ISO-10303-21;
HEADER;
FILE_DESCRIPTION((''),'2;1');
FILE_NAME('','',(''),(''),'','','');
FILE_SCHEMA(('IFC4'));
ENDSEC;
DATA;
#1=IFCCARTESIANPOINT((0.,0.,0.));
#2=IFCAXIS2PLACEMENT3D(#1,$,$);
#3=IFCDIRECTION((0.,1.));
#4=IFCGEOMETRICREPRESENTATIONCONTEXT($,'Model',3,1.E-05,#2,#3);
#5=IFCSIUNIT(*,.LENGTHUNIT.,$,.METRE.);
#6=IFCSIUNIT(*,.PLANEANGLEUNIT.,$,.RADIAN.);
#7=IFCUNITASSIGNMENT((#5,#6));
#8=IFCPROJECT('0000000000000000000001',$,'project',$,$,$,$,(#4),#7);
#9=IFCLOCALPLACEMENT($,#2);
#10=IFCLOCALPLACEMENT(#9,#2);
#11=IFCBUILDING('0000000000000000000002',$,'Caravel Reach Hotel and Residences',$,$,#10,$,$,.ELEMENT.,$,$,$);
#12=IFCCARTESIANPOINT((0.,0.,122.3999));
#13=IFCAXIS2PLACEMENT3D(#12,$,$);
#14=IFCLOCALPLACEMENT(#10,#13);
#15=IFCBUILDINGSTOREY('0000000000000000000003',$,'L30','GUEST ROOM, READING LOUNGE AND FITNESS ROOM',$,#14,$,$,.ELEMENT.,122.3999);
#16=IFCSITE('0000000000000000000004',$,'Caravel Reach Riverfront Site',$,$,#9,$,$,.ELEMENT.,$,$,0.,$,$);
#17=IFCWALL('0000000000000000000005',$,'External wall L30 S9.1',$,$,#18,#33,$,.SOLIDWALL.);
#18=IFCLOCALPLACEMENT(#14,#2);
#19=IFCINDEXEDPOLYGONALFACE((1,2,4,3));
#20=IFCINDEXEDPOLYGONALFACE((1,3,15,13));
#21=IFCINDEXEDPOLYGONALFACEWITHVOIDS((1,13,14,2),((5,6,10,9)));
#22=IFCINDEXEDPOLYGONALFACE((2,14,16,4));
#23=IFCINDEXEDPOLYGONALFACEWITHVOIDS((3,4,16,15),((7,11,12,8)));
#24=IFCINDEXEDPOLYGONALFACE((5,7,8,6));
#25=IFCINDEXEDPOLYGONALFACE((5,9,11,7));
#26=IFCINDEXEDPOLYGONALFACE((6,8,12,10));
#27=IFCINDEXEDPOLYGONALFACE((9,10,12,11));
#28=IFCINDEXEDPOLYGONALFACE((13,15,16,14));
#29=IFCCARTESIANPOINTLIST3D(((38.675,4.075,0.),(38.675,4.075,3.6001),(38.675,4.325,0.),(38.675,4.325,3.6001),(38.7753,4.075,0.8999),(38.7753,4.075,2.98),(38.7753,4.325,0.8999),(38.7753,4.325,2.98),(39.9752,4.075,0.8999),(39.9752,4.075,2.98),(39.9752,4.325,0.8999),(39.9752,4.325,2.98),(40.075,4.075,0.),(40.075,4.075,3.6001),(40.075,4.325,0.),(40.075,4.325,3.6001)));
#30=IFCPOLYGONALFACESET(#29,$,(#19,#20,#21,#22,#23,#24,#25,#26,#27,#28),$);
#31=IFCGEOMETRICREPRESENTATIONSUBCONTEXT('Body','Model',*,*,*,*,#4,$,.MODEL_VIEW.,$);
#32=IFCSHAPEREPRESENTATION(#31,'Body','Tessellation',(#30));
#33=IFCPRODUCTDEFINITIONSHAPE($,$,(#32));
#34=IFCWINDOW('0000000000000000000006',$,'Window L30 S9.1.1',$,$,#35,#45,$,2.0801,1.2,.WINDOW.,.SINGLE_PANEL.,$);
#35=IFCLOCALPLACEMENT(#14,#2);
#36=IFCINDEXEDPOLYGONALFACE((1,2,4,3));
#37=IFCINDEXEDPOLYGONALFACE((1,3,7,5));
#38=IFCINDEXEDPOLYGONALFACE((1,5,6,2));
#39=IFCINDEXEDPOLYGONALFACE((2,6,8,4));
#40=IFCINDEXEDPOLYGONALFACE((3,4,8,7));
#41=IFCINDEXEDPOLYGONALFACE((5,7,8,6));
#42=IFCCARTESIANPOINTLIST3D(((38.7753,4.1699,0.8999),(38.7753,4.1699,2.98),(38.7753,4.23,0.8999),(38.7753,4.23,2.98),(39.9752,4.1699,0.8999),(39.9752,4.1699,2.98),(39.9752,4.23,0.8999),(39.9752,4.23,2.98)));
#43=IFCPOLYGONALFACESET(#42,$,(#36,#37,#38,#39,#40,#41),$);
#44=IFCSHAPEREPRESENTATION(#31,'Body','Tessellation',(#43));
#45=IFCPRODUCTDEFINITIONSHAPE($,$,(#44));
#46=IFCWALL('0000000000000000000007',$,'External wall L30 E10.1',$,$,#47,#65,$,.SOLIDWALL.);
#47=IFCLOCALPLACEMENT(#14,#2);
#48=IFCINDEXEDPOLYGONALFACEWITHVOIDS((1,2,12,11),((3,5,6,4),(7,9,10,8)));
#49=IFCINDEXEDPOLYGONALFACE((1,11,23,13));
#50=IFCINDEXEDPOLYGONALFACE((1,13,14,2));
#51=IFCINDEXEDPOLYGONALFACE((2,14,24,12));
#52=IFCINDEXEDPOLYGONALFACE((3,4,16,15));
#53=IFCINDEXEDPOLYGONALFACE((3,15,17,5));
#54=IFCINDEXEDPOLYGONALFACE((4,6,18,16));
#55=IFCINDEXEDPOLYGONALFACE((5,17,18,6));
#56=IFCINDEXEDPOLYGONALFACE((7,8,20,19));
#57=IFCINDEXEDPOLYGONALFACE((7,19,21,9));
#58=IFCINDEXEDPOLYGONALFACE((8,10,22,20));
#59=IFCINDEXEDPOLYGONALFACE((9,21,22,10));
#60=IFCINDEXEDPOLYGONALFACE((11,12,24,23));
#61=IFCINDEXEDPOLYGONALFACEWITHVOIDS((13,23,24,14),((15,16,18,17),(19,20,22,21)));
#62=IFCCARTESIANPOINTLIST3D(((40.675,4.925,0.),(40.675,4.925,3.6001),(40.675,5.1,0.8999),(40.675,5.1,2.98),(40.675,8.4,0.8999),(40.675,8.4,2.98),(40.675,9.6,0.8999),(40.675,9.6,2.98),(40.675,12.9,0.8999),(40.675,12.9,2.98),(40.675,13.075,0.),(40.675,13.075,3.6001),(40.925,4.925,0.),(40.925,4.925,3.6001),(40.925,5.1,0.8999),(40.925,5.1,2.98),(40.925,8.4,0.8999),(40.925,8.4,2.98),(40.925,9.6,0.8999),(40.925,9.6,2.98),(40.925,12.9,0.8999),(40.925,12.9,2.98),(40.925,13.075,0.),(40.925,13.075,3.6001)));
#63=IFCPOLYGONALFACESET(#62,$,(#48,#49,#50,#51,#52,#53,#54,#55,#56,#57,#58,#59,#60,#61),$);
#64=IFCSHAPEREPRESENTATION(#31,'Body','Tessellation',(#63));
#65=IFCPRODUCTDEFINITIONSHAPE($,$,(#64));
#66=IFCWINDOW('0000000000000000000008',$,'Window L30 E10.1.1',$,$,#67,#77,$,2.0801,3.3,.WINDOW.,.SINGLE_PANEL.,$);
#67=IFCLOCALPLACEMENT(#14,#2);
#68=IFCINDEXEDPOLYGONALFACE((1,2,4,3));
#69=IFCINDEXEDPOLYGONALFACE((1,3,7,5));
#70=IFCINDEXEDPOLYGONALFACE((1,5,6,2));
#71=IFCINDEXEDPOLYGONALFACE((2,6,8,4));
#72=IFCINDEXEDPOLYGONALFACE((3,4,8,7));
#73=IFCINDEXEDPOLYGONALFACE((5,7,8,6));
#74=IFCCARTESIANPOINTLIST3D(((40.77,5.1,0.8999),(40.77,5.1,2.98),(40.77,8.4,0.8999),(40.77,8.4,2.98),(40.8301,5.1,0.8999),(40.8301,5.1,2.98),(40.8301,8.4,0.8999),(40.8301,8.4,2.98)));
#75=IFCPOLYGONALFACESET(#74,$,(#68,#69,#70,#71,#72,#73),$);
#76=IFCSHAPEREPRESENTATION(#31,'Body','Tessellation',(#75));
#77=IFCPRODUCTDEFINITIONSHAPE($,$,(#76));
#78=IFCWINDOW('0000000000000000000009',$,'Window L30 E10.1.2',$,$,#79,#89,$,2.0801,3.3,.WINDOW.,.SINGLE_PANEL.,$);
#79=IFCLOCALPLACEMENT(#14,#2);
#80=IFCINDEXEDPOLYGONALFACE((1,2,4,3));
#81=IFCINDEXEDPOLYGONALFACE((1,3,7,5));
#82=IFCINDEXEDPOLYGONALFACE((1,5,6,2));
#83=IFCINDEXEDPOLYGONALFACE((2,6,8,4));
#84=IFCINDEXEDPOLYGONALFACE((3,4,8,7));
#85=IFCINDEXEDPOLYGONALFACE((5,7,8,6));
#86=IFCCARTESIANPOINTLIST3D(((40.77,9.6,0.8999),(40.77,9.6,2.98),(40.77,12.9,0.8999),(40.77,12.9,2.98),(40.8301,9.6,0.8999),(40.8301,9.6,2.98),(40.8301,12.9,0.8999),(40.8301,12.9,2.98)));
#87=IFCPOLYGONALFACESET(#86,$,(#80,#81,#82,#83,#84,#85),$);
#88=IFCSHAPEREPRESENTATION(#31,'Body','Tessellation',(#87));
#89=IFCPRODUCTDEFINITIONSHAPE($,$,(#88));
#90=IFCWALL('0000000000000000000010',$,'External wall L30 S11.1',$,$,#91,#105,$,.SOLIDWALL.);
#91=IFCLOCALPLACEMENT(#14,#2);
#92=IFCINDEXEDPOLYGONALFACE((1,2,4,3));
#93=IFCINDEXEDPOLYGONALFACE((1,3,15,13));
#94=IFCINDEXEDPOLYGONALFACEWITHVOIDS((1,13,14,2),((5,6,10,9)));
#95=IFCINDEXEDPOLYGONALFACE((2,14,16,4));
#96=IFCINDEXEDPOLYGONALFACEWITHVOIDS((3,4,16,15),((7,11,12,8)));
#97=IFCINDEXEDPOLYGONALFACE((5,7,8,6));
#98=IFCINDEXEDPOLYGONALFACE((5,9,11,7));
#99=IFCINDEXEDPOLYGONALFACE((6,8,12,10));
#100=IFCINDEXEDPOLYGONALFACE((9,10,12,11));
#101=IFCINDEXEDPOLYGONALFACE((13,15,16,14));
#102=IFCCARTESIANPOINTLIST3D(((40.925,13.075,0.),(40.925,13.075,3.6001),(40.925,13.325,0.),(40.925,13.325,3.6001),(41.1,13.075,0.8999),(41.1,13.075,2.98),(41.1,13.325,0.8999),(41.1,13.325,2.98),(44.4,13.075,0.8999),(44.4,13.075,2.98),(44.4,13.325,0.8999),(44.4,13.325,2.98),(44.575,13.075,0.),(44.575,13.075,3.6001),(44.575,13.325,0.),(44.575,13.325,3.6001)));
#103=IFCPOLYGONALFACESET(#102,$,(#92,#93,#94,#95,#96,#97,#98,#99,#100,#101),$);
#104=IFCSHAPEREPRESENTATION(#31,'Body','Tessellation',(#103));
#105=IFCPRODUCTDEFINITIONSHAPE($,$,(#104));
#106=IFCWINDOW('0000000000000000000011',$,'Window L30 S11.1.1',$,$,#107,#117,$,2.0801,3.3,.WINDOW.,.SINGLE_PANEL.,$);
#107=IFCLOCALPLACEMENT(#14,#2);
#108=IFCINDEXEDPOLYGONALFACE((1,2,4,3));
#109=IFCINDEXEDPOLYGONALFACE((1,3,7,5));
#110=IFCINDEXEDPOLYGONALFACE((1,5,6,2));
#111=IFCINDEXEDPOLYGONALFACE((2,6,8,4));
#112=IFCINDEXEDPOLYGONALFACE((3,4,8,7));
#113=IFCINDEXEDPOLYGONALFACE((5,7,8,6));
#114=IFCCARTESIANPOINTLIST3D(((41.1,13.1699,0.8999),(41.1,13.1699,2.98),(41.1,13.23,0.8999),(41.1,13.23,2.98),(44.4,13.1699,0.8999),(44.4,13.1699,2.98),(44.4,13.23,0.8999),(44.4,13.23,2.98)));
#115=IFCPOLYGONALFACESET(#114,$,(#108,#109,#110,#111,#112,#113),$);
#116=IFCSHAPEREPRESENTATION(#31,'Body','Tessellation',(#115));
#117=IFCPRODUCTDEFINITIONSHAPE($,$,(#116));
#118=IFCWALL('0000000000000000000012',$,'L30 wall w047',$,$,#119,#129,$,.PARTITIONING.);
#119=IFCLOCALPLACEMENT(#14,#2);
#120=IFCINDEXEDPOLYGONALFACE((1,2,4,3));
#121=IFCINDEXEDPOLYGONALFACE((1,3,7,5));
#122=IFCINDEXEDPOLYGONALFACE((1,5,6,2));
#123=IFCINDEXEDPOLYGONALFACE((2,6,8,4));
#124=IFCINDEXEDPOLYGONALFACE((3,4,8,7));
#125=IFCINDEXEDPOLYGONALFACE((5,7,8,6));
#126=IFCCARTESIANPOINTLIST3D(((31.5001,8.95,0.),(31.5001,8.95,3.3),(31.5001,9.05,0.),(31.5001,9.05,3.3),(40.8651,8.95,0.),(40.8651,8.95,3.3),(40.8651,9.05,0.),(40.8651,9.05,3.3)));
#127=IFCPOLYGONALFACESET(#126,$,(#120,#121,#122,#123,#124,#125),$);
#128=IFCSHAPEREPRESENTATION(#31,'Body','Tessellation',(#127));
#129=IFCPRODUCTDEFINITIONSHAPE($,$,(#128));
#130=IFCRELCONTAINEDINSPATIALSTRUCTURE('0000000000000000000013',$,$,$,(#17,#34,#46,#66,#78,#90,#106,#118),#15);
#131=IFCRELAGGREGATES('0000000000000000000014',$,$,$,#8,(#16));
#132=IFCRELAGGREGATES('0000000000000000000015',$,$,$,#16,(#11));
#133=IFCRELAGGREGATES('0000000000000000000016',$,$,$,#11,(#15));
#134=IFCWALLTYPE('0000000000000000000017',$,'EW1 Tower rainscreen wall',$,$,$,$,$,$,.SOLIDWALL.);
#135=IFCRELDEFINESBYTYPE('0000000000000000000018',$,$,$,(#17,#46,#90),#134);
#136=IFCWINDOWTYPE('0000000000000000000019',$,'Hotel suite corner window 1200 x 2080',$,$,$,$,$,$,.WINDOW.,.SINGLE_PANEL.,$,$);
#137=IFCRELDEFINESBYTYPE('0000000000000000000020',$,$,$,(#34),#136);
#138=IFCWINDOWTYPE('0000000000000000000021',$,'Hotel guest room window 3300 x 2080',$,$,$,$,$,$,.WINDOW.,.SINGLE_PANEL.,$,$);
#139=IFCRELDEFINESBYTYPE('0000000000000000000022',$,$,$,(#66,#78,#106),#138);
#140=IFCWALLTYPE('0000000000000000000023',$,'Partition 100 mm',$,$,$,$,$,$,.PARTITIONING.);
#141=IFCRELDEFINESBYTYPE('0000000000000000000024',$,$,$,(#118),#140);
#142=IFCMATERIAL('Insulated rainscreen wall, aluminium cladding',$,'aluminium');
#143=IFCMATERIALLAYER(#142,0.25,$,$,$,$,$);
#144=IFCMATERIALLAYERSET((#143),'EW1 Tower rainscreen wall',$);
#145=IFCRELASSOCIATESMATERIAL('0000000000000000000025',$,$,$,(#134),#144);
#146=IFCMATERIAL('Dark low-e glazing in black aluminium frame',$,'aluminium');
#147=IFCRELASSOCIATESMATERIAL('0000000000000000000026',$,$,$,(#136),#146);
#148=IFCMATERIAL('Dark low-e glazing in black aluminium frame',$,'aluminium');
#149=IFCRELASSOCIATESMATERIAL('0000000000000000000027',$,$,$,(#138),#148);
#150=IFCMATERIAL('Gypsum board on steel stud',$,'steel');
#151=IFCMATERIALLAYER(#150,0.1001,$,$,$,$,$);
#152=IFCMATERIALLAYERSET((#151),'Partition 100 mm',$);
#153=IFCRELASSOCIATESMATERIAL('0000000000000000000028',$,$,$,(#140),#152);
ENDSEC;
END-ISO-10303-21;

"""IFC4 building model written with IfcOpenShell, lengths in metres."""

from ifc_helpers import new_model, si_unit, direction, frame, frame_2d, origin, place, context, subcontext, project, spatial, rectangle, extrude, material, layer, layer_set, type_object, element, fill, save


model = new_model("IFC4")

# Units and contexts
model_context = context("Model", 3, precision=1e-05, world=origin(), true_north=direction((0.0, 1.0)))
body_context = subcontext(model_context, "Body", "Model", "MODEL_VIEW")
ifc_project = project(units=[si_unit("LENGTHUNIT", "METRE"), si_unit("PLANEANGLEUNIT", "RADIAN")], contexts=[model_context])

# Site, building, storey
site_placement = place(None, origin())
site = spatial("IfcSite", under=ifc_project, at=site_placement, Name="Caravel Reach Riverfront Site", CompositionType="ELEMENT", RefElevation=0.0)
building_placement = place(site_placement, origin())
building = spatial("IfcBuilding", under=site, at=building_placement, Name="Caravel Reach Hotel and Residences", CompositionType="ELEMENT")
storey_placement = place(building_placement, frame((0.0, 0.0, 122.3999)))
storey = spatial("IfcBuildingStorey", under=building, at=storey_placement, Name="L30", Description="GUEST ROOM, READING LOUNGE AND FITNESS ROOM", CompositionType="ELEMENT", Elevation=122.3999)

# Wall, opening, window
ifc_material_1 = material(Name="Insulated rainscreen wall, aluminium cladding", Category="aluminium")
ifc_layer_1 = layer(ifc_material_1, 0.25)
ifc_layer_set_1 = layer_set([ifc_layer_1], Name="EW1 Tower rainscreen wall")
wall_type_1 = type_object("IfcWallType", Name="EW1 Tower rainscreen wall", PredefinedType="SOLIDWALL", material=ifc_layer_set_1)
ifc_material_2 = material(Name="Dark low-e glazing in black aluminium frame", Category="aluminium")
window_type_1 = type_object("IfcWindowType", Name="Hotel suite corner window 1200 x 2080", PartitioningType="SINGLE_PANEL", PredefinedType="WINDOW", material=ifc_material_2)
wall_1_placement = place(storey_placement, frame((38.675, 4.2, 0.0), z_axis=(0.0, 0.0, 1.0), x_axis=(1.0, 0.0, 0.0)))
wall_1 = element("IfcWall", 1, at=wall_1_placement, inside=storey, type_object=wall_type_1, Name="External wall L30 S9.1", PredefinedType="SOLIDWALL", context=body_context, shape_type="SweptSolid", body=[
    extrude(rectangle(XDim=1.3999, YDim=0.25, at=frame_2d((0.7, 0.0))), origin(), (0.0, 0.0, 1.0), 3.6001),
])
opening_1_placement = place(wall_1_placement, frame((0.1001, 0.0, 0.8999)))
opening_1 = element("IfcOpeningElement", 2, at=opening_1_placement, cuts=wall_1, PredefinedType="OPENING", context=body_context, shape_type="SweptSolid", body=[
    extrude(rectangle(XDim=1.2, YDim=2.0801, at=frame_2d((0.6001, 1.04))), frame((0.0, 0.135, 0.0), z_axis=(0.0, -1.0, 0.0), x_axis=(1.0, 0.0, 0.0)), (0.0, 0.0, 1.0), 0.27),
])
window_1_placement = place(opening_1_placement, origin())
window_1 = element("IfcWindow", 3, at=window_1_placement, inside=storey, type_object=window_type_1, Name="Window L30 S9.1.1", OverallHeight=2.0801, OverallWidth=1.2, PartitioningType="SINGLE_PANEL", PredefinedType="WINDOW", context=body_context, shape_type="SweptSolid", body=[
    extrude(rectangle(XDim=1.2, YDim=2.0801, at=frame_2d((0.6001, 1.04))), frame((0.0, 0.03, 0.0), z_axis=(0.0, -1.0, 0.0), x_axis=(1.0, 0.0, 0.0)), (0.0, 0.0, 1.0), 0.0601),
])
fill(opening_1, window_1)

# Wall, openings, windows
wall_2_placement = place(storey_placement, frame((40.8, 4.925, 0.0), z_axis=(0.0, 0.0, 1.0), x_axis=(0.0, 1.0, 0.0)))
wall_2 = element("IfcWall", 4, at=wall_2_placement, inside=storey, type_object=wall_type_1, Name="External wall L30 E10.1", PredefinedType="SOLIDWALL", context=body_context, shape_type="SweptSolid", body=[
    extrude(rectangle(XDim=8.1499, YDim=0.25, at=frame_2d((4.075, 0.0))), origin(), (0.0, 0.0, 1.0), 3.6001),
])
opening_2_placement = place(wall_2_placement, frame((0.175, 0.0, 0.8999)))
opening_2 = element("IfcOpeningElement", 5, at=opening_2_placement, cuts=wall_2, PredefinedType="OPENING", context=body_context, shape_type="SweptSolid", body=[
    extrude(rectangle(XDim=3.3, YDim=2.0801, at=frame_2d((1.6499, 1.04))), frame((0.0, 0.135, 0.0), z_axis=(0.0, -1.0, 0.0), x_axis=(1.0, 0.0, 0.0)), (0.0, 0.0, 1.0), 0.27),
])
opening_3_placement = place(wall_2_placement, frame((4.675, 0.0, 0.8999)))
opening_3 = element("IfcOpeningElement", 6, at=opening_3_placement, cuts=wall_2, PredefinedType="OPENING", context=body_context, shape_type="SweptSolid", body=[
    extrude(rectangle(XDim=3.3, YDim=2.0801, at=frame_2d((1.6499, 1.04))), frame((0.0, 0.135, 0.0), z_axis=(0.0, -1.0, 0.0), x_axis=(1.0, 0.0, 0.0)), (0.0, 0.0, 1.0), 0.27),
])
ifc_material_3 = material(Name="Dark low-e glazing in black aluminium frame", Category="aluminium")
window_type_2 = type_object("IfcWindowType", Name="Hotel guest room window 3300 x 2080", PartitioningType="SINGLE_PANEL", PredefinedType="WINDOW", material=ifc_material_3)
window_2_placement = place(opening_2_placement, origin())
window_2 = element("IfcWindow", 7, at=window_2_placement, inside=storey, type_object=window_type_2, Name="Window L30 E10.1.1", OverallHeight=2.0801, OverallWidth=3.3, PartitioningType="SINGLE_PANEL", PredefinedType="WINDOW", context=body_context, shape_type="SweptSolid", body=[
    extrude(rectangle(XDim=3.3, YDim=2.0801, at=frame_2d((1.6499, 1.04))), frame((0.0, 0.03, 0.0), z_axis=(0.0, -1.0, 0.0), x_axis=(1.0, 0.0, 0.0)), (0.0, 0.0, 1.0), 0.0601),
])
fill(opening_2, window_2)
window_3_placement = place(opening_3_placement, origin())
window_3 = element("IfcWindow", 8, at=window_3_placement, inside=storey, type_object=window_type_2, Name="Window L30 E10.1.2", OverallHeight=2.0801, OverallWidth=3.3, PartitioningType="SINGLE_PANEL", PredefinedType="WINDOW", context=body_context, shape_type="SweptSolid", body=[
    extrude(rectangle(XDim=3.3, YDim=2.0801, at=frame_2d((1.6499, 1.04))), frame((0.0, 0.03, 0.0), z_axis=(0.0, -1.0, 0.0), x_axis=(1.0, 0.0, 0.0)), (0.0, 0.0, 1.0), 0.0601),
])
fill(opening_3, window_3)

# Wall, opening, window
wall_3_placement = place(storey_placement, frame((40.925, 13.2, 0.0), z_axis=(0.0, 0.0, 1.0), x_axis=(1.0, 0.0, 0.0)))
wall_3 = element("IfcWall", 9, at=wall_3_placement, inside=storey, type_object=wall_type_1, Name="External wall L30 S11.1", PredefinedType="SOLIDWALL", context=body_context, shape_type="SweptSolid", body=[
    extrude(rectangle(XDim=3.6499, YDim=0.25, at=frame_2d((1.825, 0.0))), origin(), (0.0, 0.0, 1.0), 3.6001),
])
opening_4_placement = place(wall_3_placement, frame((0.175, 0.0, 0.8999)))
opening_4 = element("IfcOpeningElement", 10, at=opening_4_placement, cuts=wall_3, PredefinedType="OPENING", context=body_context, shape_type="SweptSolid", body=[
    extrude(rectangle(XDim=3.3, YDim=2.0801, at=frame_2d((1.6499, 1.04))), frame((0.0, 0.135, 0.0), z_axis=(0.0, -1.0, 0.0), x_axis=(1.0, 0.0, 0.0)), (0.0, 0.0, 1.0), 0.27),
])
window_4_placement = place(opening_4_placement, origin())
window_4 = element("IfcWindow", 11, at=window_4_placement, inside=storey, type_object=window_type_2, Name="Window L30 S11.1.1", OverallHeight=2.0801, OverallWidth=3.3, PartitioningType="SINGLE_PANEL", PredefinedType="WINDOW", context=body_context, shape_type="SweptSolid", body=[
    extrude(rectangle(XDim=3.3, YDim=2.0801, at=frame_2d((1.6499, 1.04))), frame((0.0, 0.03, 0.0), z_axis=(0.0, -1.0, 0.0), x_axis=(1.0, 0.0, 0.0)), (0.0, 0.0, 1.0), 0.0601),
])
fill(opening_4, window_4)

# Wall
ifc_material_4 = material(Name="Gypsum board on steel stud", Category="steel")
ifc_layer_2 = layer(ifc_material_4, 0.1001)
ifc_layer_set_2 = layer_set([ifc_layer_2], Name="Partition 100 mm")
wall_type_2 = type_object("IfcWallType", Name="Partition 100 mm", PredefinedType="PARTITIONING", material=ifc_layer_set_2)
wall_4_placement = place(storey_placement, frame((31.5, 9.0, 0.0), z_axis=(0.0, 0.0, 1.0), x_axis=(1.0, 0.0, 0.0)))
element("IfcWall", 12, at=wall_4_placement, inside=storey, type_object=wall_type_2, Name="L30 wall w047", PredefinedType="PARTITIONING", context=body_context, shape_type="SweptSolid", body=[
    extrude(rectangle(XDim=9.365, YDim=0.1001, at=frame_2d((4.6826, 0.0))), origin(), (0.0, 0.0, 1.0), 3.3),
])

save(model, "model.ifc")
